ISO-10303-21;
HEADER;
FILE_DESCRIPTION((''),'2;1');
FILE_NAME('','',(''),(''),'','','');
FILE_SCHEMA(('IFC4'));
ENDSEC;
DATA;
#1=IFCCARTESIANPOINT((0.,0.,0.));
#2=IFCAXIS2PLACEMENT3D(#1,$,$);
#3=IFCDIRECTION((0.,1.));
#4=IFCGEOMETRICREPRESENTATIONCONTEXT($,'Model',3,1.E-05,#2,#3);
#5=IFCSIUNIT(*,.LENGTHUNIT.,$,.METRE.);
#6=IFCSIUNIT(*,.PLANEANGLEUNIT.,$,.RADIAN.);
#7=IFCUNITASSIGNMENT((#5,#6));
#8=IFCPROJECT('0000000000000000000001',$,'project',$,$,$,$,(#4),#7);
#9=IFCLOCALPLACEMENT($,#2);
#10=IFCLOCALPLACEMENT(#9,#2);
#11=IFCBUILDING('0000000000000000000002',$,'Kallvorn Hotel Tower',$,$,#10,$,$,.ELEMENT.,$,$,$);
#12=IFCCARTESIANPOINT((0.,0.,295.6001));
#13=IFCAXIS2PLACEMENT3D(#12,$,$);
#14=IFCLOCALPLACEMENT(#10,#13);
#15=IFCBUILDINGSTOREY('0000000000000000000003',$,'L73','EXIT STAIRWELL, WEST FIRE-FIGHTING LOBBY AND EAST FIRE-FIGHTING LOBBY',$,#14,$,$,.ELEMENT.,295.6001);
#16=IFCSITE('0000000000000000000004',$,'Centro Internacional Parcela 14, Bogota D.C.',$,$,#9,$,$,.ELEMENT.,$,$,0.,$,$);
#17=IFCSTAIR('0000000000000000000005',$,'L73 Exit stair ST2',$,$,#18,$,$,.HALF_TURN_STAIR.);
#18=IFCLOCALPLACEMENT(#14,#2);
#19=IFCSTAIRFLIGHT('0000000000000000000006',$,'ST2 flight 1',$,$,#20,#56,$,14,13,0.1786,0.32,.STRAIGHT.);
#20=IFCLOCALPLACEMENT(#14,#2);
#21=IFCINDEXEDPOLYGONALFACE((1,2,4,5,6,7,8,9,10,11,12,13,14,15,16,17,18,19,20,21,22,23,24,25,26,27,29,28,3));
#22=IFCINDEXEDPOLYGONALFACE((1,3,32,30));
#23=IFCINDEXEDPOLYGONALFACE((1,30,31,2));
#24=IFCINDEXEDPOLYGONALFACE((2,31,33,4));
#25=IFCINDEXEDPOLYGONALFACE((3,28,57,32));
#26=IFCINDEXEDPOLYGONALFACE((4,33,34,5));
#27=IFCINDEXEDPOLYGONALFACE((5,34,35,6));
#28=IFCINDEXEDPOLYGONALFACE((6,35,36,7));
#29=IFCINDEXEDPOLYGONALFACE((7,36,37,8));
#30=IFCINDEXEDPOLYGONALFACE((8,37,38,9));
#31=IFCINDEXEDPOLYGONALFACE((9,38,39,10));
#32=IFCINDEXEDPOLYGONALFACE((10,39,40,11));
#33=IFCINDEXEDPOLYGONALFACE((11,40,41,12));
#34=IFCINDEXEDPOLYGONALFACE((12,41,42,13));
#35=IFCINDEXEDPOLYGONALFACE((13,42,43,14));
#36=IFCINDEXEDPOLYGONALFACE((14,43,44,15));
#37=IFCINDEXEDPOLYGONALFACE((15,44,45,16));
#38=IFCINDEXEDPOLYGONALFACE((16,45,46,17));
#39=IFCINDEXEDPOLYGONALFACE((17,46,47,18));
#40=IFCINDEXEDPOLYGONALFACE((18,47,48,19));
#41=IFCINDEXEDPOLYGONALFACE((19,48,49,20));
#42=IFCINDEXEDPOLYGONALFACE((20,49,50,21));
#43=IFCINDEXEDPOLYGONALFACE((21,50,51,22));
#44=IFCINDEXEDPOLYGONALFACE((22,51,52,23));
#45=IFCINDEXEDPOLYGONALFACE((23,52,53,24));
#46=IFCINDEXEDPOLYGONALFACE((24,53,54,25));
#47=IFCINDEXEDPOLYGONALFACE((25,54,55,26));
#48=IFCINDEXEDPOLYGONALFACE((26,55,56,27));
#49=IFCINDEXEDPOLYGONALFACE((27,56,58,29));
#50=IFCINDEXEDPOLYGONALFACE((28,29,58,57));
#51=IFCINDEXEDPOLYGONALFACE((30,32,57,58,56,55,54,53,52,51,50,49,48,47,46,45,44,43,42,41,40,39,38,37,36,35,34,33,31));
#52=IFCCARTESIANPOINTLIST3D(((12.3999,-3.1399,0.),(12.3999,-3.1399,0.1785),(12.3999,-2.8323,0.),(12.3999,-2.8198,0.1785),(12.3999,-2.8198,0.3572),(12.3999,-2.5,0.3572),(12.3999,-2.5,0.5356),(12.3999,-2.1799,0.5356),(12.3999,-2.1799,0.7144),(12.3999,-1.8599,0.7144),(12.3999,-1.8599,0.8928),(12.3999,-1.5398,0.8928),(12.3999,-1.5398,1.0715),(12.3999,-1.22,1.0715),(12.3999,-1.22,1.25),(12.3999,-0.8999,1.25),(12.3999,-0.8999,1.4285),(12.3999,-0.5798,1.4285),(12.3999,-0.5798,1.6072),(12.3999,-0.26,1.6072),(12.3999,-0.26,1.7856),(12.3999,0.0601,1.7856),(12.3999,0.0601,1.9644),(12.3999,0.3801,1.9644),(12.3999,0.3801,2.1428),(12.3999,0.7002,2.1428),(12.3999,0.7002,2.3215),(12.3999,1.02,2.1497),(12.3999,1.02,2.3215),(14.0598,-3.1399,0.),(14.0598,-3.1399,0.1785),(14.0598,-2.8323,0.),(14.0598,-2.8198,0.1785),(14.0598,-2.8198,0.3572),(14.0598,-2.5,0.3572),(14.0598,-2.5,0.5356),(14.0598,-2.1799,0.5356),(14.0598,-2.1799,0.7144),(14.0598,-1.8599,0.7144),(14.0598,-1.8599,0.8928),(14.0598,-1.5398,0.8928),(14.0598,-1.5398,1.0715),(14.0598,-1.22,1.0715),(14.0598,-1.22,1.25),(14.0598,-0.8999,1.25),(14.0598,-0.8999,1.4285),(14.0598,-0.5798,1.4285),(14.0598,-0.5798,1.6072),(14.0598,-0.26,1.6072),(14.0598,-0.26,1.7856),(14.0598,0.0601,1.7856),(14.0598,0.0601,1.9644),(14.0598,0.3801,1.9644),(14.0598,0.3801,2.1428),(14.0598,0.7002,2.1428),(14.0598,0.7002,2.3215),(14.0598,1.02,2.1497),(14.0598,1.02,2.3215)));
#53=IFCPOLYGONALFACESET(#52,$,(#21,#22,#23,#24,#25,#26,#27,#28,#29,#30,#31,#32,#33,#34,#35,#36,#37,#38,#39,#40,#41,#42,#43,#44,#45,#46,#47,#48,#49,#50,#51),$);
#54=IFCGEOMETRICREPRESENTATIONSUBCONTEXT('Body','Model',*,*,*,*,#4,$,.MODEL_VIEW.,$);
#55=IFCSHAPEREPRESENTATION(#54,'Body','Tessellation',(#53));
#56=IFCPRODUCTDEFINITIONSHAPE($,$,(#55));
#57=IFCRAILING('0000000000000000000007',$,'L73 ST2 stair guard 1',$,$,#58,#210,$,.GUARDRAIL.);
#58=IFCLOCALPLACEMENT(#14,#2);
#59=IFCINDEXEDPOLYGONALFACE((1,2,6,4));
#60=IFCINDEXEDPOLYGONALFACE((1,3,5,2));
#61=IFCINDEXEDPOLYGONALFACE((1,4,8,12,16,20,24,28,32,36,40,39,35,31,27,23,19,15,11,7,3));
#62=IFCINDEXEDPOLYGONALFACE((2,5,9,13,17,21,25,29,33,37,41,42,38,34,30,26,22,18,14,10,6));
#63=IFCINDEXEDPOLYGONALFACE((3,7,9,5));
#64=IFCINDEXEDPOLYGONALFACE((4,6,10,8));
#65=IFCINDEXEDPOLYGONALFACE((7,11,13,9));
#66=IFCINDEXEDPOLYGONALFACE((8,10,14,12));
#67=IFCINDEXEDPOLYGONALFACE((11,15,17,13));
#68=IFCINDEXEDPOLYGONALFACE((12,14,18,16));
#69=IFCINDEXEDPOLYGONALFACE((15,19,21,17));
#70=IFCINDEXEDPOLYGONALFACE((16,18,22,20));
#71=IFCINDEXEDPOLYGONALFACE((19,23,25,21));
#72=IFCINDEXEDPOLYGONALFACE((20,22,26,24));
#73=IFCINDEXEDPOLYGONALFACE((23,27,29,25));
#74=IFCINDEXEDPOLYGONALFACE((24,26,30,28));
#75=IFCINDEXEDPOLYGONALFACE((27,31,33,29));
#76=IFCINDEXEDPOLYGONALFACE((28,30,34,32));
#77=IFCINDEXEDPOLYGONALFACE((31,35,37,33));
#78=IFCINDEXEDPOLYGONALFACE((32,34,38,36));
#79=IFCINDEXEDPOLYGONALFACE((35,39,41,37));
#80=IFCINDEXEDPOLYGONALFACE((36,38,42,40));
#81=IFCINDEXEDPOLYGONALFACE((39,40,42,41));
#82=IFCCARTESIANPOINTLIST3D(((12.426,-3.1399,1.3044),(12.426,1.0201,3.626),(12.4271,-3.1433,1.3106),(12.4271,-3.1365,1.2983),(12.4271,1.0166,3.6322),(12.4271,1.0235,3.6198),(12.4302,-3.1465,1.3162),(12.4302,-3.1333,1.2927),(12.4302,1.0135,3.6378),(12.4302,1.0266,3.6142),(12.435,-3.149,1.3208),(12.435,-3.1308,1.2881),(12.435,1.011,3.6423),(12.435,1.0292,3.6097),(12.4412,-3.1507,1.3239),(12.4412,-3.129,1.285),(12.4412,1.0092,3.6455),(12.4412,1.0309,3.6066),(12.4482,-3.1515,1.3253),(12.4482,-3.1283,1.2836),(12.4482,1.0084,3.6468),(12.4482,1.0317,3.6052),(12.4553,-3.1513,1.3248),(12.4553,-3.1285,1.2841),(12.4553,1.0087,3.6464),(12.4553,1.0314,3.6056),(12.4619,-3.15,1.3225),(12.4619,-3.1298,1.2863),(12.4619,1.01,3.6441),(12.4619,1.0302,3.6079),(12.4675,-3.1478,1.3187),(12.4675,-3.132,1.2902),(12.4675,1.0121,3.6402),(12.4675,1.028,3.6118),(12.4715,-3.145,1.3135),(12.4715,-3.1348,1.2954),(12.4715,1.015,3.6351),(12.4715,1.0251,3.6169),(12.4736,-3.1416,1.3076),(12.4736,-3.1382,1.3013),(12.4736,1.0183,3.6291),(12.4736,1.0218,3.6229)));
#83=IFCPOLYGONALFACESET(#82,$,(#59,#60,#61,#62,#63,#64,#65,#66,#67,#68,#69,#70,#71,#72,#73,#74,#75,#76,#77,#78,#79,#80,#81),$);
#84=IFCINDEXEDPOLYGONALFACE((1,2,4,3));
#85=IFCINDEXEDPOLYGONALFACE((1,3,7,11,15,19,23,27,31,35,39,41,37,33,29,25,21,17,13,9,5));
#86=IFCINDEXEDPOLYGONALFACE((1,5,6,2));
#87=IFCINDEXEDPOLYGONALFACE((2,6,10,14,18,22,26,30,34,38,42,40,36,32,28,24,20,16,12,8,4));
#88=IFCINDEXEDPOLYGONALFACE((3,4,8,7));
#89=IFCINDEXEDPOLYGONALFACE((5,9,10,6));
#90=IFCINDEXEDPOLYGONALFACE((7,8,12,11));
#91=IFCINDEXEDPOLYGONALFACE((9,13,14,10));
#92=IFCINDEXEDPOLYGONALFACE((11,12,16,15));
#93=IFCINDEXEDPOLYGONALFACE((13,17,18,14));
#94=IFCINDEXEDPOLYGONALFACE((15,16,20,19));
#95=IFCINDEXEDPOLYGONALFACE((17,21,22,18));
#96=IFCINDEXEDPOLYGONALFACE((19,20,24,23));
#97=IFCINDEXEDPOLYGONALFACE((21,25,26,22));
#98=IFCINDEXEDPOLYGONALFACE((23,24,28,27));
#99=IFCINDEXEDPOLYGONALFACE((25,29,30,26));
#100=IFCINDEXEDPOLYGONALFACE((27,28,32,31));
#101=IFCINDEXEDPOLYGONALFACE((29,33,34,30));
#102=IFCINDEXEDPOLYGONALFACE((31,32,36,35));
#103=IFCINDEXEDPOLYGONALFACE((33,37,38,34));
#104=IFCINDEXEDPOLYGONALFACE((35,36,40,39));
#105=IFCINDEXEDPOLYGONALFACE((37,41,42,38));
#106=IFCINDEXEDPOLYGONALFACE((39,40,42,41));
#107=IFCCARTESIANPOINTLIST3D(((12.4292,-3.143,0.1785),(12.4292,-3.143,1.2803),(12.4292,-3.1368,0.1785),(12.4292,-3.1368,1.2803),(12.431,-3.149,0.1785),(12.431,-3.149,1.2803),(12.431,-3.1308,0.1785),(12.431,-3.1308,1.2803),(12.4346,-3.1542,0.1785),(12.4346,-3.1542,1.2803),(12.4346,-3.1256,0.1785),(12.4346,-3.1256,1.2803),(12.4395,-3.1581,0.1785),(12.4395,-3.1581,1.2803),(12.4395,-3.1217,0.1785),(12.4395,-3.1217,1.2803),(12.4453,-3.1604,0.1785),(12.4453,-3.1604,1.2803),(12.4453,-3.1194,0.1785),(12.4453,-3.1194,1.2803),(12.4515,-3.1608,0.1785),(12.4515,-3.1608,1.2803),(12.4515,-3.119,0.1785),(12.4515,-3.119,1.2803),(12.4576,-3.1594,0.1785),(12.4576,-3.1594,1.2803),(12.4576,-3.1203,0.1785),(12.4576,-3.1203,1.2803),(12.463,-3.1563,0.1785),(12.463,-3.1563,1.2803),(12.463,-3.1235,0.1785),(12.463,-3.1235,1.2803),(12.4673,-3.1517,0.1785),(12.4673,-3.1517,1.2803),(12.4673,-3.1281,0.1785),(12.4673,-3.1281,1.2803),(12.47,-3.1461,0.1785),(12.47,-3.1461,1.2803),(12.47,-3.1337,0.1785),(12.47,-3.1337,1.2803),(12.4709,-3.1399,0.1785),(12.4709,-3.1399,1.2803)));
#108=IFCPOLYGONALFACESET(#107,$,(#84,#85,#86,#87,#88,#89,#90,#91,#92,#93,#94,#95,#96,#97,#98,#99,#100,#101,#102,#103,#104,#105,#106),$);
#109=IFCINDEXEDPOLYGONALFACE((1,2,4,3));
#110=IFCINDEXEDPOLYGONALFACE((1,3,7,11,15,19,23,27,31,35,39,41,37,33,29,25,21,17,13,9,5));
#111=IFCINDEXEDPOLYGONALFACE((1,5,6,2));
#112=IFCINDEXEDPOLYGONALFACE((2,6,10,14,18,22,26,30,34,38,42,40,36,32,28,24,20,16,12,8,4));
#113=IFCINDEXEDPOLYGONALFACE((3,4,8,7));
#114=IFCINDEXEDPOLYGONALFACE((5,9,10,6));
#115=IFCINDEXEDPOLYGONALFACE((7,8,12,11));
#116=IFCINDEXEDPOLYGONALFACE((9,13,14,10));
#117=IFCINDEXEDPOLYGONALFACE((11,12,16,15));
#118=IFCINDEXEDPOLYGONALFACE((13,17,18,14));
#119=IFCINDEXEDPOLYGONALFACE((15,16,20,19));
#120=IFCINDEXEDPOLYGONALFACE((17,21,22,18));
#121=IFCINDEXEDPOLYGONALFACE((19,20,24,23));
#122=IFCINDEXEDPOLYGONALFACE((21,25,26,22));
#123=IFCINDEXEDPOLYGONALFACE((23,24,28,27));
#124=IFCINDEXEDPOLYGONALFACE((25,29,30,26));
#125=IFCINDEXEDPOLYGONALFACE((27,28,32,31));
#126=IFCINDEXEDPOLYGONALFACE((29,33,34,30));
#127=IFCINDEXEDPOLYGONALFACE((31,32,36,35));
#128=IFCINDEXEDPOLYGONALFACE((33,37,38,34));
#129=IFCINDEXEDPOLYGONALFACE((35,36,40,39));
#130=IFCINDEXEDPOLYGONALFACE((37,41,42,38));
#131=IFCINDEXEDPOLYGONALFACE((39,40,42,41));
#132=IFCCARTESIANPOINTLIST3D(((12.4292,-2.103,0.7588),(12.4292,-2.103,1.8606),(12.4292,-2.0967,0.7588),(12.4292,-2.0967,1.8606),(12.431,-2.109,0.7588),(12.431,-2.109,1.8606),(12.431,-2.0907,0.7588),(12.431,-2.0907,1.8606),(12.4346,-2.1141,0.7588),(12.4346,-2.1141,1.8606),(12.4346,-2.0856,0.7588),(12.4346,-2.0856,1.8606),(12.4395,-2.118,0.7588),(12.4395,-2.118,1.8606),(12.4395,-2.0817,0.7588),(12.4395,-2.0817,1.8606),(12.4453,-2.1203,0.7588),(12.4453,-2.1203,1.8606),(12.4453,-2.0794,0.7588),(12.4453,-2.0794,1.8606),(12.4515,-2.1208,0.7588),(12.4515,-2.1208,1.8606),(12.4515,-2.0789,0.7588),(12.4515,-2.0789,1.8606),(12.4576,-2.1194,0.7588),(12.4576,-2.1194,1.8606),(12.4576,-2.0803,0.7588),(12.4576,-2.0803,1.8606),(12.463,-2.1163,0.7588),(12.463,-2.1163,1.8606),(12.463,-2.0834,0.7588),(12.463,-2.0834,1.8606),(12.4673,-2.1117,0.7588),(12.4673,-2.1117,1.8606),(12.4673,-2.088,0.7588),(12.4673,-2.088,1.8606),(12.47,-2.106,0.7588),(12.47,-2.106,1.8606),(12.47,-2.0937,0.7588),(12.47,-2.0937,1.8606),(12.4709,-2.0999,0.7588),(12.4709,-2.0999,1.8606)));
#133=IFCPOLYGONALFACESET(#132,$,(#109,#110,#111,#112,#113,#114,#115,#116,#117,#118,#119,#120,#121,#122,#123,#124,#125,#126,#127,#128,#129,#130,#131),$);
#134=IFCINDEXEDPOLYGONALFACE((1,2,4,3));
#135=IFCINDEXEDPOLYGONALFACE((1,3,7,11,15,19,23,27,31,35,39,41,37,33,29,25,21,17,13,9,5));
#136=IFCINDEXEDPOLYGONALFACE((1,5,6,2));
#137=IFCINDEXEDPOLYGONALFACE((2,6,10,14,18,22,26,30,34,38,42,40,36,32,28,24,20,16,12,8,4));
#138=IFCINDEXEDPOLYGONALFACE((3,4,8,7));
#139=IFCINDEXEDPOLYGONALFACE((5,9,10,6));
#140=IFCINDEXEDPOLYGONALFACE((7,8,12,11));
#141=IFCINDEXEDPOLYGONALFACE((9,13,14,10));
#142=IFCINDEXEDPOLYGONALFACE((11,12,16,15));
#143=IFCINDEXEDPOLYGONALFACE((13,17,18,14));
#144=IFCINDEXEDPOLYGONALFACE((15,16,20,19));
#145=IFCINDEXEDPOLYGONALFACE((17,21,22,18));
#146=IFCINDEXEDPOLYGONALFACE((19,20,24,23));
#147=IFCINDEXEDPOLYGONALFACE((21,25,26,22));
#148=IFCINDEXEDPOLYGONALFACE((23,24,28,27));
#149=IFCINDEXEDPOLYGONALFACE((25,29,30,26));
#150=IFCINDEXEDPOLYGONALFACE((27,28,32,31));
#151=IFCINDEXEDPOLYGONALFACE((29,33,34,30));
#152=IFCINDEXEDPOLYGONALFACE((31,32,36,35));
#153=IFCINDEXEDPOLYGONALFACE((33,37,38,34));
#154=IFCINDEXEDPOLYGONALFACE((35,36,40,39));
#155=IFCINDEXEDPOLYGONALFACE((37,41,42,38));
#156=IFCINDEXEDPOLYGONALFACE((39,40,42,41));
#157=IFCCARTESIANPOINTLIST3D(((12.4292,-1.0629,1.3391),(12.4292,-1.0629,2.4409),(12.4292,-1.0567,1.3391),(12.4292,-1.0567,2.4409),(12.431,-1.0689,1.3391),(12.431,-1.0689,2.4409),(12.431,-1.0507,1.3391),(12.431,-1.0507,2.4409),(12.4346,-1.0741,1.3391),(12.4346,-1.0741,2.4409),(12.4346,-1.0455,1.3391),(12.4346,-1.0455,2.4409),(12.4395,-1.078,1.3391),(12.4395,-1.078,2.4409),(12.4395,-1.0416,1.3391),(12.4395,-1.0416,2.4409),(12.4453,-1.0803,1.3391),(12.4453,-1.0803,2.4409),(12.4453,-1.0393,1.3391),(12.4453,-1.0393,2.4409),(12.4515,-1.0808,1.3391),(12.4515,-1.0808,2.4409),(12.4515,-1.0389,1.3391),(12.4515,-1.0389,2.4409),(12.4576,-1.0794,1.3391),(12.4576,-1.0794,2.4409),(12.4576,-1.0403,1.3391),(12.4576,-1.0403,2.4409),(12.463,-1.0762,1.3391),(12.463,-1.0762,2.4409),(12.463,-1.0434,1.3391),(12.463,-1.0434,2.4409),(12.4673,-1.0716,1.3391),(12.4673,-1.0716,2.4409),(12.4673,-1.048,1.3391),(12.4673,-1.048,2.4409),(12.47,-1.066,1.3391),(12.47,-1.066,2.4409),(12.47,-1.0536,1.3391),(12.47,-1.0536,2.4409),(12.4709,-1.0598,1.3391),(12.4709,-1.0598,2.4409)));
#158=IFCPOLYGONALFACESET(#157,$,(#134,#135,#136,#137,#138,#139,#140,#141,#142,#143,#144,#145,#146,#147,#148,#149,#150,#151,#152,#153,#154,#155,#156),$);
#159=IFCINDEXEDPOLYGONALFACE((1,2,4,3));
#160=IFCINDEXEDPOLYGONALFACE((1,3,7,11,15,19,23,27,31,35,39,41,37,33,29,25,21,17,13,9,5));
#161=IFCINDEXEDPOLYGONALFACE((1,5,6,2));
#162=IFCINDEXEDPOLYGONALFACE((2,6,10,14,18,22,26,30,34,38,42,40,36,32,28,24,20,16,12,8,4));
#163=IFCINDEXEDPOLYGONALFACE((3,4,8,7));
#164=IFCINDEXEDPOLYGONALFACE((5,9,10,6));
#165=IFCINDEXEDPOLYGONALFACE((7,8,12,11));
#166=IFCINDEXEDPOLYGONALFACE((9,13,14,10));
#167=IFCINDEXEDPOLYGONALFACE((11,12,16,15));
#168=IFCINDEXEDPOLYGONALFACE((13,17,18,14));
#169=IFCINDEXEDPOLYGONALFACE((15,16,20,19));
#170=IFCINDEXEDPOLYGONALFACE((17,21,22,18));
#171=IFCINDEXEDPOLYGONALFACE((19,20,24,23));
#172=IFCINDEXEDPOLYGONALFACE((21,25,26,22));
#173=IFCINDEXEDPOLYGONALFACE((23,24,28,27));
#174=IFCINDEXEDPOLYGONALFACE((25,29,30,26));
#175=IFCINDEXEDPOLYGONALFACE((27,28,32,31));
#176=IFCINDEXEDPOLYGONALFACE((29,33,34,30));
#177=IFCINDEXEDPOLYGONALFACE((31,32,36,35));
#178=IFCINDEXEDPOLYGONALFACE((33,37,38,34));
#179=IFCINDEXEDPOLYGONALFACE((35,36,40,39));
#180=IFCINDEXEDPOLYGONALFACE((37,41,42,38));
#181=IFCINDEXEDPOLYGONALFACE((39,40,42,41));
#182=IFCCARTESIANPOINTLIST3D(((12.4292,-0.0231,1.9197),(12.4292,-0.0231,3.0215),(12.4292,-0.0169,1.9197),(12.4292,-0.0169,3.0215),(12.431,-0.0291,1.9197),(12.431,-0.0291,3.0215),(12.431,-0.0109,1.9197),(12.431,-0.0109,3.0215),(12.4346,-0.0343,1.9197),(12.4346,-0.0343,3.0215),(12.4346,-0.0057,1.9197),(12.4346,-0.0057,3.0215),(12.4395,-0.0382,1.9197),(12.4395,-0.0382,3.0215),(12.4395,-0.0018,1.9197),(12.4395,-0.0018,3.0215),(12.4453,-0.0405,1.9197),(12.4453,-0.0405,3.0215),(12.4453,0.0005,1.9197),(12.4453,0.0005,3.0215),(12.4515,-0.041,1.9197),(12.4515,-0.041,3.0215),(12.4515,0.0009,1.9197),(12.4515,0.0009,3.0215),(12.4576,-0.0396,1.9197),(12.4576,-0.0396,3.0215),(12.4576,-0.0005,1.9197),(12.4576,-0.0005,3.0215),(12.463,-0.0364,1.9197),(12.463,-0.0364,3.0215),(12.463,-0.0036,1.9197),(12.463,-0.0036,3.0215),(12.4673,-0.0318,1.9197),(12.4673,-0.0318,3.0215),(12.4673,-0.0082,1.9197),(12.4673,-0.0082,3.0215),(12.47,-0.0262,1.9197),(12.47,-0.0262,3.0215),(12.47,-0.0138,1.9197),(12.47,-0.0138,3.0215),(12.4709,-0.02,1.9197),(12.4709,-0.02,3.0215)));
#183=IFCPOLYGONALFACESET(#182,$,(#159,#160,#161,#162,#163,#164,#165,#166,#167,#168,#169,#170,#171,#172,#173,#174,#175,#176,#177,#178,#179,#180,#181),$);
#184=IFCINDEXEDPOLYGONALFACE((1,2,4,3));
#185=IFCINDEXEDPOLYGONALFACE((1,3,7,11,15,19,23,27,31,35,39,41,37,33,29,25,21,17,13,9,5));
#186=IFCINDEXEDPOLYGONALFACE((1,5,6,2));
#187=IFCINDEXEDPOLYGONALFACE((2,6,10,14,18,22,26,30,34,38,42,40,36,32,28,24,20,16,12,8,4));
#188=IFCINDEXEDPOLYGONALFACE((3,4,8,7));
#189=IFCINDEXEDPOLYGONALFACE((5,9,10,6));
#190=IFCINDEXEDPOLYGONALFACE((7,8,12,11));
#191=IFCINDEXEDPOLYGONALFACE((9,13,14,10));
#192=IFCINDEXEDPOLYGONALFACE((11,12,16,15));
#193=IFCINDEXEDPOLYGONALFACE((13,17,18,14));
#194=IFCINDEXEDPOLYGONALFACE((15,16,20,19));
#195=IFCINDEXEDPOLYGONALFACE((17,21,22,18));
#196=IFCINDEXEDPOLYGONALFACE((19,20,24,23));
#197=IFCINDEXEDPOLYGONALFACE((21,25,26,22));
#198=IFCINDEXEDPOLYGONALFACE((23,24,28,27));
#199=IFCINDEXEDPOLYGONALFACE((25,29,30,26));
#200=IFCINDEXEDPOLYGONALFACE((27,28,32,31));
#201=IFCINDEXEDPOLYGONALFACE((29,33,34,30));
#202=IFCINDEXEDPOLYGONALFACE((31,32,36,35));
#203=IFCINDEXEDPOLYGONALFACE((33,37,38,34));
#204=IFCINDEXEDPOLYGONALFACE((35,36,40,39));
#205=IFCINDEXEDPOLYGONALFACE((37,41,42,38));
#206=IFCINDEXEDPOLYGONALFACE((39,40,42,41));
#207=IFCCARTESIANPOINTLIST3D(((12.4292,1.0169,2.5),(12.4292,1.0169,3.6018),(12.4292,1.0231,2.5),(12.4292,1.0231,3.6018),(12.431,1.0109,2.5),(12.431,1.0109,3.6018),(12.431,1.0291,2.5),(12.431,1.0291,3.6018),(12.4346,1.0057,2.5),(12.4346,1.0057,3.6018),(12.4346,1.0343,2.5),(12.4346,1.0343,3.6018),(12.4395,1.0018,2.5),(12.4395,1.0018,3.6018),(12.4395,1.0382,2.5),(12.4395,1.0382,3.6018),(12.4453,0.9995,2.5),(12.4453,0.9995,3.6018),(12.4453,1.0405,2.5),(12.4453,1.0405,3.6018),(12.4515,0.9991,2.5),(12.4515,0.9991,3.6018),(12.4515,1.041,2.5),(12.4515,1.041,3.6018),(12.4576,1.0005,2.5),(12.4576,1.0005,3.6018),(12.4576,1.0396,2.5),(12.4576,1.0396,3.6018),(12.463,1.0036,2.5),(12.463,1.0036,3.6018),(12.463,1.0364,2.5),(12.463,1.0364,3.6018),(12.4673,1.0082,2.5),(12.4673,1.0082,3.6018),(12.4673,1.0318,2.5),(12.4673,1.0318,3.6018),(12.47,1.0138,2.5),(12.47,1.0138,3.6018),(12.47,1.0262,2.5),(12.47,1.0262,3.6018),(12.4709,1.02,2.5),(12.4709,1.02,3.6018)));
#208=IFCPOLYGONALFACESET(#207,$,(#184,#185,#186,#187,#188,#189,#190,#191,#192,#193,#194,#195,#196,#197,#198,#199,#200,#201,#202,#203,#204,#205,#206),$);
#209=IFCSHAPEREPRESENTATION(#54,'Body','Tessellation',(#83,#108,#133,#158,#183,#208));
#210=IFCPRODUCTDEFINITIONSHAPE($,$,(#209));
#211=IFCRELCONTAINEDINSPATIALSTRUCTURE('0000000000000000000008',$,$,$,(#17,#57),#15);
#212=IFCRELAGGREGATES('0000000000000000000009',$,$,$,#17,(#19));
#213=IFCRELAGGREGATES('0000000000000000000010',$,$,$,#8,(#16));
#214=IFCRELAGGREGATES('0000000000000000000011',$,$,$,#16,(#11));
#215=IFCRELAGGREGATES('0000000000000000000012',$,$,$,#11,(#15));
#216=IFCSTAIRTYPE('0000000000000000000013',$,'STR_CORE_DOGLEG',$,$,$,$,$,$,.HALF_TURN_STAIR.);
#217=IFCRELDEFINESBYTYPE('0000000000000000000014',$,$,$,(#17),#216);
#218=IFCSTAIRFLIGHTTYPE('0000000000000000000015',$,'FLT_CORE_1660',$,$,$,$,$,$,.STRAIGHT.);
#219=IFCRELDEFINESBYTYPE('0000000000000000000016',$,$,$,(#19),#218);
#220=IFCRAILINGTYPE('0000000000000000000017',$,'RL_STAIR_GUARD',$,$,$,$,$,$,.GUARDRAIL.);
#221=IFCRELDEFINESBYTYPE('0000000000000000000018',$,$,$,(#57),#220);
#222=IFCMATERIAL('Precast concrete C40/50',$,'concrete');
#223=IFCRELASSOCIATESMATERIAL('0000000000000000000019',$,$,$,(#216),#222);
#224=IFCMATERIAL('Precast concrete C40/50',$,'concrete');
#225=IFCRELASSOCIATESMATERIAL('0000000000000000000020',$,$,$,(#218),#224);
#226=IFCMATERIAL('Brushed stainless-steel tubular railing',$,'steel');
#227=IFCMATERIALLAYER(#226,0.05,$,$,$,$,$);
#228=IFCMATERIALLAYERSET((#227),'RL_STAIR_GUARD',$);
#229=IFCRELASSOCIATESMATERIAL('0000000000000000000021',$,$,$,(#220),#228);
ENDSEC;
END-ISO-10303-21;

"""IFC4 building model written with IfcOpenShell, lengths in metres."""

from ifc_helpers import new_model, si_unit, direction, frame, origin, origin_2d, place, context, subcontext, project, spatial, polyline, circle, outline, extrude, material, layer, layer_set, type_object, element, aggregate, save


model = new_model("IFC4")

# Units and contexts
model_context = context("Model", 3, precision=1e-05, world=origin(), true_north=direction((0.0, 1.0)))
body_context = subcontext(model_context, "Body", "Model", "MODEL_VIEW")
ifc_project = project(units=[si_unit("LENGTHUNIT", "METRE"), si_unit("PLANEANGLEUNIT", "RADIAN")], contexts=[model_context])

# Site, building, storey
site_placement = place(None, origin())
site = spatial("IfcSite", under=ifc_project, at=site_placement, Name="Centro Internacional Parcela 14, Bogota D.C.", CompositionType="ELEMENT", RefElevation=0.0)
building_placement = place(site_placement, origin())
building = spatial("IfcBuilding", under=site, at=building_placement, Name="Kallvorn Hotel Tower", CompositionType="ELEMENT")
storey_placement = place(building_placement, frame((0.0, 0.0, 295.6001)))
storey = spatial("IfcBuildingStorey", under=building, at=storey_placement, Name="L73", Description="EXIT STAIRWELL, WEST FIRE-FIGHTING LOBBY AND EAST FIRE-FIGHTING LOBBY", CompositionType="ELEMENT", Elevation=295.6001)

# Stair, stair flight
ifc_material_1 = material(Name="Precast concrete C40/50", Category="concrete")
stair_type = type_object("IfcStairType", Name="STR_CORE_DOGLEG", PredefinedType="HALF_TURN_STAIR", material=ifc_material_1)
stair_placement = place(storey_placement, origin())
stair = element("IfcStair", 1, at=stair_placement, inside=storey, type_object=stair_type, Name="L73 Exit stair ST2", PredefinedType="HALF_TURN_STAIR")
ifc_material_2 = material(Name="Precast concrete C40/50", Category="concrete")
stair_flight_type = type_object("IfcStairFlightType", Name="FLT_CORE_1660", PredefinedType="STRAIGHT", material=ifc_material_2)
stair_flight_placement = place(storey_placement, frame((13.23, -3.1399, 0.0), z_axis=(0.0, 0.0, 1.0), x_axis=(0.0, 1.0, 0.0)))
stair_flight = element("IfcStairFlight", 2, at=stair_flight_placement, type_object=stair_flight_type, Name="ST2 flight 1", NumberOfRisers=14, NumberOfTreads=13, PredefinedType="STRAIGHT", RiserHeight=0.1786, TreadLength=0.32, context=body_context, shape_type="SweptSolid", body=[
    extrude(outline(polyline([(0.0, 0.0), (0.0, 0.1785), (0.3201, 0.1785), (0.3201, 0.3572), (0.6399, 0.3572), (0.6399, 0.5356), (0.96, 0.5356), (0.96, 0.7144), (1.28, 0.7144), (1.28, 0.8928), (1.6001, 0.8928), (1.6001, 1.0715), (1.9199, 1.0715), (1.9199, 1.25), (2.24, 1.25), (2.24, 1.4285), (2.5601, 1.4285), (2.5601, 1.6072), (2.8799, 1.6072), (2.8799, 1.7856), (3.2, 1.7856), (3.2, 1.9644), (3.52, 1.9644), (3.52, 2.1428), (3.8401, 2.1428), (3.8401, 2.3215), (4.1599, 2.3215), (4.1599, 2.5), (4.1599, 2.1497), (0.3076, 0.0), (0.0, 0.0)])), frame((0.0, 0.8301, 0.0), z_axis=(0.0, -1.0, 0.0), x_axis=(1.0, 0.0, 0.0)), (0.0, 0.0, 1.0), 1.6599),
])
aggregate(stair, [stair_flight])

# Railing
ifc_material_3 = material(Name="Brushed stainless-steel tubular railing", Category="steel")
ifc_layer_1 = layer(ifc_material_3, 0.05)
ifc_layer_set_1 = layer_set([ifc_layer_1], Name="RL_STAIR_GUARD")
railing_type_1 = type_object("IfcRailingType", Name="RL_STAIR_GUARD", PredefinedType="GUARDRAIL", material=ifc_layer_set_1)
railing_1_placement = place(storey_placement, frame((12.45, -3.1399, 0.1785)))
element("IfcRailing", 3, at=railing_1_placement, inside=storey, type_object=railing_type_1, Name="L73 ST2 stair guard 1", PredefinedType="GUARDRAIL", context=body_context, shape_type="SweptSolid", body=[
    extrude(circle(Radius=0.0239, at=origin_2d()), frame((0.0, 0.0, 1.126), z_axis=(0.0, 0.873223, 0.487322), x_axis=(-1.0, 0.0, 0.0)), (0.0, 0.0, 1.0), 4.7639),
    extrude(circle(Radius=0.021, at=origin_2d()), origin(), (0.0, 0.0, 1.0), 1.1018),
    extrude(circle(Radius=0.021, at=origin_2d()), frame((0.0, 1.04, 0.5803)), (0.0, 0.0, 1.0), 1.1018),
    extrude(circle(Radius=0.021, at=origin_2d()), frame((0.0, 2.0801, 1.1606)), (0.0, 0.0, 1.0), 1.1018),
    extrude(circle(Radius=0.021, at=origin_2d()), frame((0.0, 3.1199, 1.7412)), (0.0, 0.0, 1.0), 1.1018),
    extrude(circle(Radius=0.021, at=origin_2d()), frame((0.0, 4.1599, 2.3215)), (0.0, 0.0, 1.0), 1.1018),
])

save(model, "model.ifc")
